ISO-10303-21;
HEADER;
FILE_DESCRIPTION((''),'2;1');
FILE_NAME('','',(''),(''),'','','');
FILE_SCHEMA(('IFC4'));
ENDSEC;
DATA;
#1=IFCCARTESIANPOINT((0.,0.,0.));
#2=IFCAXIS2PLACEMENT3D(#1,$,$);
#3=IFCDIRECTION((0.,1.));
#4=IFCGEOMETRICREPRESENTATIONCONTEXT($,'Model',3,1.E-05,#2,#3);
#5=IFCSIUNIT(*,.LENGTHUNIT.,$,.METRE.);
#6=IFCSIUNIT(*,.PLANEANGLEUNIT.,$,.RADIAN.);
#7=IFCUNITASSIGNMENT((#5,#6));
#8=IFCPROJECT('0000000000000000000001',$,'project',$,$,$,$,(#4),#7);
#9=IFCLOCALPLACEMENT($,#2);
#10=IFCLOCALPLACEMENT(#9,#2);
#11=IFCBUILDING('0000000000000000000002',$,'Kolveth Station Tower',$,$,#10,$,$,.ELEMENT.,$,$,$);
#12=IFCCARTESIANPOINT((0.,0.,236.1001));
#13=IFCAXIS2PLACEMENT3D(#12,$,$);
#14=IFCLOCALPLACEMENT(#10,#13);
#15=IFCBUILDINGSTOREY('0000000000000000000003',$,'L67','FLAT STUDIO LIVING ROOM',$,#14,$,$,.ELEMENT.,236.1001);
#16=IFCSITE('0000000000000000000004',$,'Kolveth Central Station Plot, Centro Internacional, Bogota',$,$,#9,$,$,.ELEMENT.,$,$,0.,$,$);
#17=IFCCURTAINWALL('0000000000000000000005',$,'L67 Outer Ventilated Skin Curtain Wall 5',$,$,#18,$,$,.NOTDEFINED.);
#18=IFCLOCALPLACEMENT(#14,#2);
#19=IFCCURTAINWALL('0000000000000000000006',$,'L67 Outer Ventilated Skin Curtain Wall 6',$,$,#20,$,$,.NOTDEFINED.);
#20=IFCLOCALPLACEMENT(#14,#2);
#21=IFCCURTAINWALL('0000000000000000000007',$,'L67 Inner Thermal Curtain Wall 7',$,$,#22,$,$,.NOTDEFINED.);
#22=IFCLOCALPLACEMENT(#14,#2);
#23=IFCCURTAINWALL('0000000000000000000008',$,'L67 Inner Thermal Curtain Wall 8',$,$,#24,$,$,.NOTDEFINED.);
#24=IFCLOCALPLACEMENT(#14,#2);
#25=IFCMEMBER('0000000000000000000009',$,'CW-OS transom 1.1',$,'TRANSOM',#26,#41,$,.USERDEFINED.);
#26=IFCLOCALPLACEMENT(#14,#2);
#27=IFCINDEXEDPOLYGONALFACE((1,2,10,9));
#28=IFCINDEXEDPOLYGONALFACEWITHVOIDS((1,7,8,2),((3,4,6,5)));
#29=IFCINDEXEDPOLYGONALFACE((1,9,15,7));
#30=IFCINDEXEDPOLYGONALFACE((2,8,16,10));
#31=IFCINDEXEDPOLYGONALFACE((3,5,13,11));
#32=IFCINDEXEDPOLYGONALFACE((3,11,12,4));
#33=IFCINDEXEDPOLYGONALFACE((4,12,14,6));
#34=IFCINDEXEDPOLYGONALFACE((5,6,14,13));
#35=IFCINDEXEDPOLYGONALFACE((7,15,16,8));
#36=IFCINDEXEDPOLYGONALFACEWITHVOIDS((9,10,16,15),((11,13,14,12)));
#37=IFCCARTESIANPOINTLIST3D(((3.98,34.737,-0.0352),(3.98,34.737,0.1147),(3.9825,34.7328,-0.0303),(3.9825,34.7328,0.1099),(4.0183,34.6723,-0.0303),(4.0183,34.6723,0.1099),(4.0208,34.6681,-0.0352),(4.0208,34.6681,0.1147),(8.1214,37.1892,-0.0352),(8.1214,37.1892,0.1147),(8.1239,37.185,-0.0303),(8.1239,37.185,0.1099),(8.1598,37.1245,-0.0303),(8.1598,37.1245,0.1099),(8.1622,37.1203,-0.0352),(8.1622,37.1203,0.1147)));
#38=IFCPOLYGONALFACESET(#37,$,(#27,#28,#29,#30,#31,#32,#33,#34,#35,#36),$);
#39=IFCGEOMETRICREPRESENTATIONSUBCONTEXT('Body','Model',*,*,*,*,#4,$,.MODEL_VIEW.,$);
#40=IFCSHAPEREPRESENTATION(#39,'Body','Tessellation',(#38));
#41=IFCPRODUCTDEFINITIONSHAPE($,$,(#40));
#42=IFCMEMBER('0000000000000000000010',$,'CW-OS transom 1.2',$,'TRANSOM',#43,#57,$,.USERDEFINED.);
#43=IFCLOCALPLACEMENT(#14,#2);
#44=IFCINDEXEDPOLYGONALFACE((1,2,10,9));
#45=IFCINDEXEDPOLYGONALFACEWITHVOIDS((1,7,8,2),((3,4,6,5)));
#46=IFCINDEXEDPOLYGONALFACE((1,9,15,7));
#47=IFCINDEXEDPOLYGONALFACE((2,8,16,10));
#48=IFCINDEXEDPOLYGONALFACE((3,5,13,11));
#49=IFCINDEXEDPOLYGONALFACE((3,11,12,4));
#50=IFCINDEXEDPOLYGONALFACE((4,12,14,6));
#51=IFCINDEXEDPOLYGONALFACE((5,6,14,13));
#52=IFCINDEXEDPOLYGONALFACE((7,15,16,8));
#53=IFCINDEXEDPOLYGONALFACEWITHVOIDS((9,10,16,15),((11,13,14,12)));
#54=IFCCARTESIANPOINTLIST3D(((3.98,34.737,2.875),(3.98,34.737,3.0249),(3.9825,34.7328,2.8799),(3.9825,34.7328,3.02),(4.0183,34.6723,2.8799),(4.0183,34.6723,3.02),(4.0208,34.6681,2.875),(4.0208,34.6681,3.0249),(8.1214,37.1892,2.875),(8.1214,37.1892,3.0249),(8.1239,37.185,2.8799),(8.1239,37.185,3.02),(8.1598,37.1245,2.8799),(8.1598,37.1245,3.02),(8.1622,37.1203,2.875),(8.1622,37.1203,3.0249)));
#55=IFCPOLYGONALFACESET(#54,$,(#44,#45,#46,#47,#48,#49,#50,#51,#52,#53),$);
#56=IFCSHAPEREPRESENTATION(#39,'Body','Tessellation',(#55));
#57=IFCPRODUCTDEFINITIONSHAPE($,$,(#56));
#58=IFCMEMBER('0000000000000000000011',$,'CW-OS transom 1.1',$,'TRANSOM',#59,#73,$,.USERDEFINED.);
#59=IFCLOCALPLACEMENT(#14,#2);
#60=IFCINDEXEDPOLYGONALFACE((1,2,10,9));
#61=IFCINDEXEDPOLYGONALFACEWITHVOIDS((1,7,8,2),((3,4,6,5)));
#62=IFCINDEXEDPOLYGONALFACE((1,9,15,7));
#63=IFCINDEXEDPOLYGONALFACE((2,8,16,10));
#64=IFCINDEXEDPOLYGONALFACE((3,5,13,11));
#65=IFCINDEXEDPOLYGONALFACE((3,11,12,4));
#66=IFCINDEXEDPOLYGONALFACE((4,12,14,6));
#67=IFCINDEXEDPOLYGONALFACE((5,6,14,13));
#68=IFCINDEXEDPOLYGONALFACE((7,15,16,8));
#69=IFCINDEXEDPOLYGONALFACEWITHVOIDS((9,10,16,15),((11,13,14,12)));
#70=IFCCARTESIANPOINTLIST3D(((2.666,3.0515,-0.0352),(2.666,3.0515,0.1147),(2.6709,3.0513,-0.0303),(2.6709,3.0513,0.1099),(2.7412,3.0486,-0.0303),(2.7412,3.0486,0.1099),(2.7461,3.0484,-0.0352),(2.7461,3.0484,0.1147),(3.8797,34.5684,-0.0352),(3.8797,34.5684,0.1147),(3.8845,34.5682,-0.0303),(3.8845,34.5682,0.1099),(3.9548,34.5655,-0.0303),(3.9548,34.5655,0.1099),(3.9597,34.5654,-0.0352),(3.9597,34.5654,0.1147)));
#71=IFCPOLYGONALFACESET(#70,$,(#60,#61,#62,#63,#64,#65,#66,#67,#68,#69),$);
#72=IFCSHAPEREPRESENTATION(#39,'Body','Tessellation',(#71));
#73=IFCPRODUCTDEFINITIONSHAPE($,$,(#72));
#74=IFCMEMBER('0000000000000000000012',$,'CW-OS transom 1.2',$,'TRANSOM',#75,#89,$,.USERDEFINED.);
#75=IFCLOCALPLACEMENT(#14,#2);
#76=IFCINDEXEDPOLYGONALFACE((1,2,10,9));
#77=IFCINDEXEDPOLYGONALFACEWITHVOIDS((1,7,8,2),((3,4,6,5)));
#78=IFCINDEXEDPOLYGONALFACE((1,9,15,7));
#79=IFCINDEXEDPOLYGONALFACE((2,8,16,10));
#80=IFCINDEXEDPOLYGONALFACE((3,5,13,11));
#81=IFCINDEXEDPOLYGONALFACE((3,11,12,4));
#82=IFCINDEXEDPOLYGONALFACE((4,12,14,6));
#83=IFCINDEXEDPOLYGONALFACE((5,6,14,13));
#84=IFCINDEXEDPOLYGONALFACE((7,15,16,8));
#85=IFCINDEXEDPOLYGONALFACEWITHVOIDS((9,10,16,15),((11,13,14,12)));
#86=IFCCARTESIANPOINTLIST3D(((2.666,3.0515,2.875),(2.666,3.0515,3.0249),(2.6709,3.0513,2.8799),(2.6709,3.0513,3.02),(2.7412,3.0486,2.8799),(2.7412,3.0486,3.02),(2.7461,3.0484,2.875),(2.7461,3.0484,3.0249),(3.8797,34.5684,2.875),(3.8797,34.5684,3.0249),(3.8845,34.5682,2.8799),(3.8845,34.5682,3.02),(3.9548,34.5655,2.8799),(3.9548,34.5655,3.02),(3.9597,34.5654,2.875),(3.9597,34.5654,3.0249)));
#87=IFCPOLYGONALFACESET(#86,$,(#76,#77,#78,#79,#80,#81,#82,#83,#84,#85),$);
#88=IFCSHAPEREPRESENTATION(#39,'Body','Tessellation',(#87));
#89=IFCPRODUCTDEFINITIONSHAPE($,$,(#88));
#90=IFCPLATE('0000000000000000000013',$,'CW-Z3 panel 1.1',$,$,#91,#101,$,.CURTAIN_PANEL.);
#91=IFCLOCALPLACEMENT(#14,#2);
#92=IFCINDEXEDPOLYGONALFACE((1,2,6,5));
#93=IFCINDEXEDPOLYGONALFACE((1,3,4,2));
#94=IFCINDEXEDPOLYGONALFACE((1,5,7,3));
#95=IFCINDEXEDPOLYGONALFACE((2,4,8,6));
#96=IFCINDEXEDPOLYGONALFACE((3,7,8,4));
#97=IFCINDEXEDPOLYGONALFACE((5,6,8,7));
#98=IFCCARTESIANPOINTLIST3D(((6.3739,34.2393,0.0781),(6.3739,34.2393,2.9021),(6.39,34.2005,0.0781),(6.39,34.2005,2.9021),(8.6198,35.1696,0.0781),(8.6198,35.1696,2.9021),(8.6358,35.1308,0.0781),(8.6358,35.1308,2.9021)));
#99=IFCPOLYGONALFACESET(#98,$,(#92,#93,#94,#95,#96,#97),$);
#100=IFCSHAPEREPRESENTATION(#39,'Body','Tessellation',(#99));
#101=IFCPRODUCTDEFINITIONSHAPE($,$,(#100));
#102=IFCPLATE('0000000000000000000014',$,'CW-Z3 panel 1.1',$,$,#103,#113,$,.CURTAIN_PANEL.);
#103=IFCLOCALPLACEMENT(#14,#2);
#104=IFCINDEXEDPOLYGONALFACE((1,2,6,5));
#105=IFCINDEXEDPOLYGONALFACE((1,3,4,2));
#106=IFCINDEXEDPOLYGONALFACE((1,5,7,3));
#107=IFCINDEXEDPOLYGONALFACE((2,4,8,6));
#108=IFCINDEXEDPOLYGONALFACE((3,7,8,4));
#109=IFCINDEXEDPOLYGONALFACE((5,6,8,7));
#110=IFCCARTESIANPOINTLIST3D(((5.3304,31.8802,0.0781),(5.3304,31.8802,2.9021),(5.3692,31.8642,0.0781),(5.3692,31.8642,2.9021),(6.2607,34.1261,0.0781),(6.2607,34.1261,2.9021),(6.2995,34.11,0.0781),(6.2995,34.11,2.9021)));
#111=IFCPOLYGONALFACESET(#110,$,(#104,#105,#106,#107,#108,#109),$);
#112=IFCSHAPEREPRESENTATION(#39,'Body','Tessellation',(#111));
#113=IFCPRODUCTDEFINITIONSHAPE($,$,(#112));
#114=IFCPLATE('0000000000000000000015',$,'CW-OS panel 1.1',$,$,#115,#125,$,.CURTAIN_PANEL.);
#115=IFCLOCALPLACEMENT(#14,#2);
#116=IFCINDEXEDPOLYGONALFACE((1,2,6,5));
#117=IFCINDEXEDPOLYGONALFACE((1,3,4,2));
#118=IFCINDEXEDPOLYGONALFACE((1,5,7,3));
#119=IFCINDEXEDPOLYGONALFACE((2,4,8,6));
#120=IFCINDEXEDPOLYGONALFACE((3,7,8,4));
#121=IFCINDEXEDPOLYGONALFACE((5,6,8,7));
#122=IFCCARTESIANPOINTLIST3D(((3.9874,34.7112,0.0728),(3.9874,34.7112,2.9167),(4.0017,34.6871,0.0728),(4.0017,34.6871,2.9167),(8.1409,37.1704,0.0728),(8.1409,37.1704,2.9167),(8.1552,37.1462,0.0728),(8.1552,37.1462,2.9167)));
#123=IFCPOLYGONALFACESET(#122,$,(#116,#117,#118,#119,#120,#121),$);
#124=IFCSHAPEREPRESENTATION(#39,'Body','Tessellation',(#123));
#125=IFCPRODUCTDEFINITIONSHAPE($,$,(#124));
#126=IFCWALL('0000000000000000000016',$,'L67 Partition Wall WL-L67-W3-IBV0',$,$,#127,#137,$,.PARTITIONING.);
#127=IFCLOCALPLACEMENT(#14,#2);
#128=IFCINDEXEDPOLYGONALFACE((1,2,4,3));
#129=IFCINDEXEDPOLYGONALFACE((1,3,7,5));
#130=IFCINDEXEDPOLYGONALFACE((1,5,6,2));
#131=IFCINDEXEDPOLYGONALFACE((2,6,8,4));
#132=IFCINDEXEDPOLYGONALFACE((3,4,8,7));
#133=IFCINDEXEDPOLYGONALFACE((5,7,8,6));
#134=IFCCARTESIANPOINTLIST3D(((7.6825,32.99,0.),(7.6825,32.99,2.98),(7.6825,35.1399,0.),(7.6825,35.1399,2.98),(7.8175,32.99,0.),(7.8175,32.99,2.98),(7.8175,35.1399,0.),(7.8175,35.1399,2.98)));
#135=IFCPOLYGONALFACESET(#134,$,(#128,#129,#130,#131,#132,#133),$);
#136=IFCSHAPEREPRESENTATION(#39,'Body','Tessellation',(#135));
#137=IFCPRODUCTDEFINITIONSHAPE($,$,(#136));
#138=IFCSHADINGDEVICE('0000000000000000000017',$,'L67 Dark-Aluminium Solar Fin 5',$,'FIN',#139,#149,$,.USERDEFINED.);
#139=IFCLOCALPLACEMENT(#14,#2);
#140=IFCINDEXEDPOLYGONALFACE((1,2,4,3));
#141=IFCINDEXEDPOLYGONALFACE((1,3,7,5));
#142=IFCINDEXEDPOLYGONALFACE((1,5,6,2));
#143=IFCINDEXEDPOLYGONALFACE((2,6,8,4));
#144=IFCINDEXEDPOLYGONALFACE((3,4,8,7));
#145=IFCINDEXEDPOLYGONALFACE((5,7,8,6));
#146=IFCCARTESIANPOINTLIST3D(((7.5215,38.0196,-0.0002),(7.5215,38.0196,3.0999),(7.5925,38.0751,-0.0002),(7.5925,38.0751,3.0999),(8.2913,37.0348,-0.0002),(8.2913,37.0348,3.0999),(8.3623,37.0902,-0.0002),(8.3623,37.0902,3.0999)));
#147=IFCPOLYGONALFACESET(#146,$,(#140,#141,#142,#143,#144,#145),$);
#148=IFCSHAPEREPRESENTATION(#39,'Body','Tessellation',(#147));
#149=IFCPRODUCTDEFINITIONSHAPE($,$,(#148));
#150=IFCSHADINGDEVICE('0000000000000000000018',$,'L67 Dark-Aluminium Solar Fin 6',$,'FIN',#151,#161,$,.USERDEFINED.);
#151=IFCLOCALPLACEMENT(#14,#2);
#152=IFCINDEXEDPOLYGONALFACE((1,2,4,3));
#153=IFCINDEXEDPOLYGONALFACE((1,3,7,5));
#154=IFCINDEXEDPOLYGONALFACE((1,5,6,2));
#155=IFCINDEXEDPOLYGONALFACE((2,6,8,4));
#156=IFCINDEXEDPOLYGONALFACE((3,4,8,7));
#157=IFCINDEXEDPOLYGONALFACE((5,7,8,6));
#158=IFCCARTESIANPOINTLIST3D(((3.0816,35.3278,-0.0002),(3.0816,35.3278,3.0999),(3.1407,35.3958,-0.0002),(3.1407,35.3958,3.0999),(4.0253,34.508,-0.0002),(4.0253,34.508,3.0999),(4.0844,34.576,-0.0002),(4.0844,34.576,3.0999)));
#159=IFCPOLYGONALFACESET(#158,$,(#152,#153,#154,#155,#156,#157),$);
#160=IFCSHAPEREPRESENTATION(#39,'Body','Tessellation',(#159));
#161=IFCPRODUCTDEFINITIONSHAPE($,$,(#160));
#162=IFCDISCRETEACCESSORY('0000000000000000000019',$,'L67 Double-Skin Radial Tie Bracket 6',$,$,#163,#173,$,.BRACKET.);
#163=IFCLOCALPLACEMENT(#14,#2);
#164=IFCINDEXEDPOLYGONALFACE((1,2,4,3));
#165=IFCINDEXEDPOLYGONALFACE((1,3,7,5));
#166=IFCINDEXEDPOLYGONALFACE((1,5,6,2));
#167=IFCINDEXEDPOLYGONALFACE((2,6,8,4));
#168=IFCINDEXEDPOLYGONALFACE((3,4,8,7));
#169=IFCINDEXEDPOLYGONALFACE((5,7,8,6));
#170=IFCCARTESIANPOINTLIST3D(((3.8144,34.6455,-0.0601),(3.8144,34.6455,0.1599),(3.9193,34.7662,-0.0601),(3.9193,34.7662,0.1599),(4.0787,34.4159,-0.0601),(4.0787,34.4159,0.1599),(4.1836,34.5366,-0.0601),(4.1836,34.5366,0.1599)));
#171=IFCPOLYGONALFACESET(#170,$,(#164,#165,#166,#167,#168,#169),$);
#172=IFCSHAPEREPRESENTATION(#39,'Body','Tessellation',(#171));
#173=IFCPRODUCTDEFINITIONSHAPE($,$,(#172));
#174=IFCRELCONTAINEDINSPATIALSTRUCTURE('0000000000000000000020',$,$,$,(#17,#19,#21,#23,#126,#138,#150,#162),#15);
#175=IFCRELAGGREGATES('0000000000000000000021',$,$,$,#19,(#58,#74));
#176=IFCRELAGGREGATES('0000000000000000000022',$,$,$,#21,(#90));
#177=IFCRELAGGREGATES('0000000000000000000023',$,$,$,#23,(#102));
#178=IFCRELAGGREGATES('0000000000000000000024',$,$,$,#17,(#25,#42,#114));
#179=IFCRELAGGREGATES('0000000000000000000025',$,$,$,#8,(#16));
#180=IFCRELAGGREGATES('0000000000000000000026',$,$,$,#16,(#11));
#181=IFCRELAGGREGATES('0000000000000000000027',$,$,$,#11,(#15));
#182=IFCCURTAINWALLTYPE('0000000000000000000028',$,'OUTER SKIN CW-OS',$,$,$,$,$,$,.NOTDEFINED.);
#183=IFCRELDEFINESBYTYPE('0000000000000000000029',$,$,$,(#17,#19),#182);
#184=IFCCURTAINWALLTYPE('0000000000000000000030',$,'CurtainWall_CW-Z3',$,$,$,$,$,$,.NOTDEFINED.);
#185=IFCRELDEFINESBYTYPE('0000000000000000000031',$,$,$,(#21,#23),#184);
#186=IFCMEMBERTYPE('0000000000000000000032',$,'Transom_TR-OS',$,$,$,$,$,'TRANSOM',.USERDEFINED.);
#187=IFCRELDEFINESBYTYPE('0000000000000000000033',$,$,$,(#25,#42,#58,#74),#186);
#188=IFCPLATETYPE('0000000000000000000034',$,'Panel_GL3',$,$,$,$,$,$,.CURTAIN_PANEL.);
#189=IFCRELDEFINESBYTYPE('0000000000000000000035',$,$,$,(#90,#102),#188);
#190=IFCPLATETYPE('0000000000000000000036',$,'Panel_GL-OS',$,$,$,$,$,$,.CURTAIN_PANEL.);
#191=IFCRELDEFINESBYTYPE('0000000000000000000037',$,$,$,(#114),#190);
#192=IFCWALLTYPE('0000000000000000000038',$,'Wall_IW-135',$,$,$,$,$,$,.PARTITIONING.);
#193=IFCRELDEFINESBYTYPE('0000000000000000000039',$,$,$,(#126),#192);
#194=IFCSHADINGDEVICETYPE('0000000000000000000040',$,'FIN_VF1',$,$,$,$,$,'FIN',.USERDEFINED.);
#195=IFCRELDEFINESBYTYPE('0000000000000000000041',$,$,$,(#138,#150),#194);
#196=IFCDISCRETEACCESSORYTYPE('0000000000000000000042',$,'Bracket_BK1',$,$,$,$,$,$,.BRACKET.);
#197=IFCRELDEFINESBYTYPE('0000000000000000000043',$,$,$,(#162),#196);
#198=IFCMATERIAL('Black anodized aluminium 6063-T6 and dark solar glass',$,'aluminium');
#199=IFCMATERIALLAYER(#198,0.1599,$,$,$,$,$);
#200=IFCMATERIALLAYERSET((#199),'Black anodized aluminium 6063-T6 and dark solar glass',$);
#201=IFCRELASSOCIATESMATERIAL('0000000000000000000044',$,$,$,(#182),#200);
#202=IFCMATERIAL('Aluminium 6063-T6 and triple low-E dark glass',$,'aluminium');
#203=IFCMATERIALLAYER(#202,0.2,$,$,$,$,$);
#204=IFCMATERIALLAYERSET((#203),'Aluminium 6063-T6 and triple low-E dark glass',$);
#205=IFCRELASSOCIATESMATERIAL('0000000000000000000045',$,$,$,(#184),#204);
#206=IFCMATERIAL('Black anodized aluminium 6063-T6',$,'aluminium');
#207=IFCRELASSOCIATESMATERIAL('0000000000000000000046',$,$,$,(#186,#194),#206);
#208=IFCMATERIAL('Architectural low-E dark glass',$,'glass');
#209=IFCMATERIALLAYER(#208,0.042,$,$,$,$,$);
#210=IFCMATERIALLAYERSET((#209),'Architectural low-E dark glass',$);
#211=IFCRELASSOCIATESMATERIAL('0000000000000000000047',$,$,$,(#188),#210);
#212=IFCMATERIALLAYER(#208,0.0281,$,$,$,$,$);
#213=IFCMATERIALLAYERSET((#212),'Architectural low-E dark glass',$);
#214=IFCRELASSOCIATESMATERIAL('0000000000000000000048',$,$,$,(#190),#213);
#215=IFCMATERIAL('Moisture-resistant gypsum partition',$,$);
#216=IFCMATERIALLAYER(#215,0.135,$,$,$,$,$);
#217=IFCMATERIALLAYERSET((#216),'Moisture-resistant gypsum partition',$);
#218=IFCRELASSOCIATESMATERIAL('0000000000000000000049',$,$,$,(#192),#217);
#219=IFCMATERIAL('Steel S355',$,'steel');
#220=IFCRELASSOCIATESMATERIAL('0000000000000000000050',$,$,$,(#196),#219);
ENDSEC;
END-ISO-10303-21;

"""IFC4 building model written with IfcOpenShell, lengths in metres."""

from ifc_helpers import new_model, si_unit, direction, frame, frame_2d, origin, origin_2d, place, context, subcontext, project, spatial, rectangle, hollow_rectangle, extrude, source, transform, mapped, material, layer, layer_set, material_profile, profile_set, type_object, element, aggregate, save


model = new_model("IFC4")

# Units and contexts
model_context = context("Model", 3, precision=1e-05, world=origin(), true_north=direction((0.0, 1.0)))
body_context = subcontext(model_context, "Body", "Model", "MODEL_VIEW")
ifc_project = project(units=[si_unit("LENGTHUNIT", "METRE"), si_unit("PLANEANGLEUNIT", "RADIAN")], contexts=[model_context])

# Site, building, storey
site_placement = place(None, origin())
site = spatial("IfcSite", under=ifc_project, at=site_placement, Name="Kolveth Central Station Plot, Centro Internacional, Bogota", CompositionType="ELEMENT", RefElevation=0.0)
building_placement = place(site_placement, origin())
building = spatial("IfcBuilding", under=site, at=building_placement, Name="Kolveth Station Tower", CompositionType="ELEMENT")
storey_placement = place(building_placement, frame((0.0, 0.0, 236.1001)))
storey = spatial("IfcBuildingStorey", under=building, at=storey_placement, Name="L67", Description="FLAT STUDIO LIVING ROOM", CompositionType="ELEMENT", Elevation=236.1001)

# Curtain walls
ifc_material_1 = material(Name="Black anodized aluminium 6063-T6 and dark solar glass", Category="aluminium")
ifc_layer_1 = layer(ifc_material_1, 0.1599)
ifc_layer_set_1 = layer_set([ifc_layer_1], Name="Black anodized aluminium 6063-T6 and dark solar glass")
curtain_wall_type_1 = type_object("IfcCurtainWallType", Name="OUTER SKIN CW-OS", PredefinedType="NOTDEFINED", material=ifc_layer_set_1)
curtain_wall_1_placement = place(storey_placement, origin())
curtain_wall_1 = element("IfcCurtainWall", 1, at=curtain_wall_1_placement, inside=storey, type_object=curtain_wall_type_1, Name="L67 Outer Ventilated Skin Curtain Wall 5", PredefinedType="NOTDEFINED")
ifc_material_2 = material(Name="Black anodized aluminium 6063-T6", Category="aluminium")
curtain_wall_2_placement = place(storey_placement, origin())
curtain_wall_2 = element("IfcCurtainWall", 2, at=curtain_wall_2_placement, inside=storey, type_object=curtain_wall_type_1, Name="L67 Outer Ventilated Skin Curtain Wall 6", PredefinedType="NOTDEFINED")
ifc_material_3 = material(Name="Aluminium 6063-T6 and triple low-E dark glass", Category="aluminium")
ifc_layer_2 = layer(ifc_material_3, 0.2)
ifc_layer_set_2 = layer_set([ifc_layer_2], Name="Aluminium 6063-T6 and triple low-E dark glass")
curtain_wall_type_2 = type_object("IfcCurtainWallType", Name="CurtainWall_CW-Z3", PredefinedType="NOTDEFINED", material=ifc_layer_set_2)
curtain_wall_3_placement = place(storey_placement, origin())
curtain_wall_3 = element("IfcCurtainWall", 3, at=curtain_wall_3_placement, inside=storey, type_object=curtain_wall_type_2, Name="L67 Inner Thermal Curtain Wall 7", PredefinedType="NOTDEFINED")

# Curtain wall
curtain_wall_4_placement = place(storey_placement, origin())
curtain_wall_4 = element("IfcCurtainWall", 4, at=curtain_wall_4_placement, inside=storey, type_object=curtain_wall_type_2, Name="L67 Inner Thermal Curtain Wall 8", PredefinedType="NOTDEFINED")

# Members
ifc_material_profile_1 = material_profile(ifc_material_2, hollow_rectangle(XDim=0.0801, YDim=0.1499, WallThickness=0.0049, at=origin_2d()), Name="ALU-80x150x5")
ifc_profile_set_1 = profile_set([ifc_material_profile_1], Name="Black anodized aluminium 6063-T6")
member_type_1 = type_object("IfcMemberType", Name="Transom_TR-OS", ElementType="TRANSOM", PredefinedType="USERDEFINED", material=ifc_profile_set_1)
shared_shape_1 = source(origin(), body_context, "Body", "SweptSolid", [
    extrude(hollow_rectangle(XDim=0.0801, YDim=0.1499, WallThickness=0.0049, at=origin_2d()), origin(), (0.0, 0.0, 1.0), 4.813),
])
member_1_placement = place(storey_placement, frame((8.1418, 37.1548, 0.0398), z_axis=(-0.860473, -0.509496, 0.0), x_axis=(0.509496, -0.860473, 0.0)))
member_1 = element("IfcMember", 5, at=member_1_placement, type_object=member_type_1, Name="CW-OS transom 1.1", ObjectType="TRANSOM", PredefinedType="USERDEFINED", context=body_context, shape_type="MappedRepresentation", body=[
    mapped(shared_shape_1, transform((0.0, 0.0, 0.0), x_axis=(1.0, 0.0, 0.0), y_axis=(0.0, 1.0, 0.0), z_axis=(0.0, 0.0, 1.0), scale=1.0)),
])
member_2_placement = place(storey_placement, frame((8.1418, 37.1548, 2.95), z_axis=(-0.860473, -0.509496, 0.0), x_axis=(0.509496, -0.860473, 0.0)))
member_2 = element("IfcMember", 6, at=member_2_placement, type_object=member_type_1, Name="CW-OS transom 1.2", ObjectType="TRANSOM", PredefinedType="USERDEFINED", context=body_context, shape_type="MappedRepresentation", body=[
    mapped(shared_shape_1, transform((0.0, 0.0, 0.0), x_axis=(1.0, 0.0, 0.0), y_axis=(0.0, 1.0, 0.0), z_axis=(0.0, 0.0, 1.0), scale=1.0)),
])
shared_shape_2 = source(origin(), body_context, "Body", "SweptSolid", [
    extrude(hollow_rectangle(XDim=0.0801, YDim=0.1499, WallThickness=0.0049, at=origin_2d()), origin(), (0.0, 0.0, 1.0), 31.5403),
])
member_3_placement = place(storey_placement, frame((3.9197, 34.5669, 0.0398), z_axis=(-0.038479, -0.999259, 0.0), x_axis=(0.999259, -0.038479, 0.0)))
member_3 = element("IfcMember", 7, at=member_3_placement, type_object=member_type_1, Name="CW-OS transom 1.1", ObjectType="TRANSOM", PredefinedType="USERDEFINED", context=body_context, shape_type="MappedRepresentation", body=[
    mapped(shared_shape_2, transform((0.0, 0.0, 0.0), x_axis=(1.0, 0.0, 0.0), y_axis=(0.0, 1.0, 0.0), z_axis=(0.0, 0.0, 1.0), scale=1.0)),
])
member_4_placement = place(storey_placement, frame((3.9197, 34.5669, 2.95), z_axis=(-0.038479, -0.999259, 0.0), x_axis=(0.999259, -0.038479, 0.0)))
member_4 = element("IfcMember", 8, at=member_4_placement, type_object=member_type_1, Name="CW-OS transom 1.2", ObjectType="TRANSOM", PredefinedType="USERDEFINED", context=body_context, shape_type="MappedRepresentation", body=[
    mapped(shared_shape_2, transform((0.0, 0.0, 0.0), x_axis=(1.0, 0.0, 0.0), y_axis=(0.0, 1.0, 0.0), z_axis=(0.0, 0.0, 1.0), scale=1.0)),
])
aggregate(curtain_wall_2, [member_3, member_4])

# Plates
ifc_material_4 = material(Name="Architectural low-E dark glass", Category="glass")
ifc_layer_3 = layer(ifc_material_4, 0.042)
ifc_layer_set_3 = layer_set([ifc_layer_3], Name="Architectural low-E dark glass")
plate_type_1 = type_object("IfcPlateType", Name="Panel_GL3", PredefinedType="CURTAIN_PANEL", material=ifc_layer_set_3)
shared_shape_3 = source(origin(), body_context, "Body", "SweptSolid", [
    extrude(rectangle(XDim=2.4309, YDim=0.042, at=origin_2d()), origin(), (0.0, 0.0, 1.0), 2.824),
])
plate_1_placement = place(storey_placement, frame((7.5049, 34.6851, 0.0781), z_axis=(0.0, 0.0, 1.0), x_axis=(-0.923875, -0.382693, 0.0)))
plate_1 = element("IfcPlate", 9, at=plate_1_placement, type_object=plate_type_1, Name="CW-Z3 panel 1.1", PredefinedType="CURTAIN_PANEL", context=body_context, shape_type="MappedRepresentation", body=[
    mapped(shared_shape_3, transform((0.0, 0.0, 0.0), x_axis=(1.0, 0.0, 0.0), y_axis=(0.0, 1.0, 0.0), z_axis=(0.0, 0.0, 1.0), scale=1.0)),
])
aggregate(curtain_wall_3, [plate_1])
plate_2_placement = place(storey_placement, frame((5.8149, 32.9951, 0.0781), z_axis=(0.0, 0.0, 1.0), x_axis=(-0.382693, -0.923875, 0.0)))
plate_2 = element("IfcPlate", 10, at=plate_2_placement, type_object=plate_type_1, Name="CW-Z3 panel 1.1", PredefinedType="CURTAIN_PANEL", context=body_context, shape_type="MappedRepresentation", body=[
    mapped(shared_shape_3, transform((0.0, 0.0, 0.0), x_axis=(1.0, 0.0, 0.0), y_axis=(0.0, 1.0, 0.0), z_axis=(0.0, 0.0, 1.0), scale=1.0)),
])
aggregate(curtain_wall_4, [plate_2])
ifc_layer_4 = layer(ifc_material_4, 0.0281)
ifc_layer_set_4 = layer_set([ifc_layer_4], Name="Architectural low-E dark glass")
plate_type_2 = type_object("IfcPlateType", Name="Panel_GL-OS", PredefinedType="CURTAIN_PANEL", material=ifc_layer_set_4)
shared_shape_4 = source(origin(), body_context, "Body", "SweptSolid", [
    extrude(rectangle(XDim=4.8269, YDim=0.0281, at=origin_2d()), origin(), (0.0, 0.0, 1.0), 2.844),
])
plate_3_placement = place(storey_placement, frame((6.0713, 35.9287, 0.0728), z_axis=(0.0, 0.0, 1.0), x_axis=(-0.86049, -0.509468, 0.0)))
plate_3 = element("IfcPlate", 11, at=plate_3_placement, type_object=plate_type_2, Name="CW-OS panel 1.1", PredefinedType="CURTAIN_PANEL", context=body_context, shape_type="MappedRepresentation", body=[
    mapped(shared_shape_4, transform((0.0, 0.0, 0.0), x_axis=(1.0, 0.0, 0.0), y_axis=(0.0, 1.0, 0.0), z_axis=(0.0, 0.0, 1.0), scale=1.0)),
])
aggregate(curtain_wall_1, [member_1, member_2, plate_3])

# Shared definitions
ifc_material_5 = material(Name="Moisture-resistant gypsum partition")
ifc_layer_5 = layer(ifc_material_5, 0.135)
ifc_layer_set_5 = layer_set([ifc_layer_5], Name="Moisture-resistant gypsum partition")
wall_type = type_object("IfcWallType", Name="Wall_IW-135", PredefinedType="PARTITIONING", material=ifc_layer_set_5)

# Wall
wall_1_placement = place(storey_placement, frame((7.75, 32.99, 0.0), z_axis=(0.0, 0.0, 1.0), x_axis=(0.0, 1.0, 0.0)))
element("IfcWall", 12, at=wall_1_placement, inside=storey, type_object=wall_type, Name="L67 Partition Wall WL-L67-W3-IBV0", PredefinedType="PARTITIONING", context=body_context, shape_type="SweptSolid", body=[
    extrude(rectangle(XDim=2.1499, YDim=0.135, at=frame_2d((1.075, 0.0))), origin(), (0.0, 0.0, 1.0), 2.98),
])

# Shading devices
shading_device_type = type_object("IfcShadingDeviceType", Name="FIN_VF1", ElementType="FIN", PredefinedType="USERDEFINED", material=ifc_material_2)
shared_shape_5 = source(origin(), body_context, "Body", "SweptSolid", [
    extrude(rectangle(XDim=1.25, YDim=0.0901, at=origin_2d()), origin(), (0.0, 0.0, 1.0), 3.1001),
])
for number, where, z_axis, x_axis, name in (
    (13, (7.9419, 37.5549, -0.0002), (0.0, 0.0, 1.0), (-0.615799, 0.787903, 0.0), "L67 Dark-Aluminium Solar Fin 5"),
    (14, (3.583, 34.9519, -0.0002), (0.0, 0.0, 1.0), (-0.754939, 0.655796, 0.0), "L67 Dark-Aluminium Solar Fin 6"),
):
    element("IfcShadingDevice", number, at=place(storey_placement, frame(where, z_axis=z_axis, x_axis=x_axis)), inside=storey, type_object=shading_device_type, Name=name, ObjectType="FIN", PredefinedType="USERDEFINED", context=body_context, shape_type="MappedRepresentation", body=[
        mapped(shared_shape_5, transform((0.0, 0.0, 0.0), x_axis=(1.0, 0.0, 0.0), y_axis=(0.0, 1.0, 0.0), z_axis=(0.0, 0.0, 1.0), scale=1.0)),
    ])

# Discrete accessory
ifc_material_6 = material(Name="Steel S355", Category="steel")
discrete_accessory_type = type_object("IfcDiscreteAccessoryType", Name="Bracket_BK1", PredefinedType="BRACKET", material=ifc_material_6)
shared_shape_6 = source(origin(), body_context, "Body", "SweptSolid", [
    extrude(rectangle(XDim=0.3501, YDim=0.1599, at=origin_2d()), origin(), (0.0, 0.0, 1.0), 0.22),
])
discrete_accessory_placement = place(storey_placement, frame((3.999, 34.5911, -0.0601), z_axis=(0.0, 0.0, 1.0), x_axis=(-0.754939, 0.655796, 0.0)))
element("IfcDiscreteAccessory", 15, at=discrete_accessory_placement, inside=storey, type_object=discrete_accessory_type, Name="L67 Double-Skin Radial Tie Bracket 6", PredefinedType="BRACKET", context=body_context, shape_type="MappedRepresentation", body=[
    mapped(shared_shape_6, transform((0.0, 0.0, 0.0), x_axis=(1.0, 0.0, 0.0), y_axis=(0.0, 1.0, 0.0), z_axis=(0.0, 0.0, 1.0), scale=1.0)),
])

save(model, "model.ifc")
